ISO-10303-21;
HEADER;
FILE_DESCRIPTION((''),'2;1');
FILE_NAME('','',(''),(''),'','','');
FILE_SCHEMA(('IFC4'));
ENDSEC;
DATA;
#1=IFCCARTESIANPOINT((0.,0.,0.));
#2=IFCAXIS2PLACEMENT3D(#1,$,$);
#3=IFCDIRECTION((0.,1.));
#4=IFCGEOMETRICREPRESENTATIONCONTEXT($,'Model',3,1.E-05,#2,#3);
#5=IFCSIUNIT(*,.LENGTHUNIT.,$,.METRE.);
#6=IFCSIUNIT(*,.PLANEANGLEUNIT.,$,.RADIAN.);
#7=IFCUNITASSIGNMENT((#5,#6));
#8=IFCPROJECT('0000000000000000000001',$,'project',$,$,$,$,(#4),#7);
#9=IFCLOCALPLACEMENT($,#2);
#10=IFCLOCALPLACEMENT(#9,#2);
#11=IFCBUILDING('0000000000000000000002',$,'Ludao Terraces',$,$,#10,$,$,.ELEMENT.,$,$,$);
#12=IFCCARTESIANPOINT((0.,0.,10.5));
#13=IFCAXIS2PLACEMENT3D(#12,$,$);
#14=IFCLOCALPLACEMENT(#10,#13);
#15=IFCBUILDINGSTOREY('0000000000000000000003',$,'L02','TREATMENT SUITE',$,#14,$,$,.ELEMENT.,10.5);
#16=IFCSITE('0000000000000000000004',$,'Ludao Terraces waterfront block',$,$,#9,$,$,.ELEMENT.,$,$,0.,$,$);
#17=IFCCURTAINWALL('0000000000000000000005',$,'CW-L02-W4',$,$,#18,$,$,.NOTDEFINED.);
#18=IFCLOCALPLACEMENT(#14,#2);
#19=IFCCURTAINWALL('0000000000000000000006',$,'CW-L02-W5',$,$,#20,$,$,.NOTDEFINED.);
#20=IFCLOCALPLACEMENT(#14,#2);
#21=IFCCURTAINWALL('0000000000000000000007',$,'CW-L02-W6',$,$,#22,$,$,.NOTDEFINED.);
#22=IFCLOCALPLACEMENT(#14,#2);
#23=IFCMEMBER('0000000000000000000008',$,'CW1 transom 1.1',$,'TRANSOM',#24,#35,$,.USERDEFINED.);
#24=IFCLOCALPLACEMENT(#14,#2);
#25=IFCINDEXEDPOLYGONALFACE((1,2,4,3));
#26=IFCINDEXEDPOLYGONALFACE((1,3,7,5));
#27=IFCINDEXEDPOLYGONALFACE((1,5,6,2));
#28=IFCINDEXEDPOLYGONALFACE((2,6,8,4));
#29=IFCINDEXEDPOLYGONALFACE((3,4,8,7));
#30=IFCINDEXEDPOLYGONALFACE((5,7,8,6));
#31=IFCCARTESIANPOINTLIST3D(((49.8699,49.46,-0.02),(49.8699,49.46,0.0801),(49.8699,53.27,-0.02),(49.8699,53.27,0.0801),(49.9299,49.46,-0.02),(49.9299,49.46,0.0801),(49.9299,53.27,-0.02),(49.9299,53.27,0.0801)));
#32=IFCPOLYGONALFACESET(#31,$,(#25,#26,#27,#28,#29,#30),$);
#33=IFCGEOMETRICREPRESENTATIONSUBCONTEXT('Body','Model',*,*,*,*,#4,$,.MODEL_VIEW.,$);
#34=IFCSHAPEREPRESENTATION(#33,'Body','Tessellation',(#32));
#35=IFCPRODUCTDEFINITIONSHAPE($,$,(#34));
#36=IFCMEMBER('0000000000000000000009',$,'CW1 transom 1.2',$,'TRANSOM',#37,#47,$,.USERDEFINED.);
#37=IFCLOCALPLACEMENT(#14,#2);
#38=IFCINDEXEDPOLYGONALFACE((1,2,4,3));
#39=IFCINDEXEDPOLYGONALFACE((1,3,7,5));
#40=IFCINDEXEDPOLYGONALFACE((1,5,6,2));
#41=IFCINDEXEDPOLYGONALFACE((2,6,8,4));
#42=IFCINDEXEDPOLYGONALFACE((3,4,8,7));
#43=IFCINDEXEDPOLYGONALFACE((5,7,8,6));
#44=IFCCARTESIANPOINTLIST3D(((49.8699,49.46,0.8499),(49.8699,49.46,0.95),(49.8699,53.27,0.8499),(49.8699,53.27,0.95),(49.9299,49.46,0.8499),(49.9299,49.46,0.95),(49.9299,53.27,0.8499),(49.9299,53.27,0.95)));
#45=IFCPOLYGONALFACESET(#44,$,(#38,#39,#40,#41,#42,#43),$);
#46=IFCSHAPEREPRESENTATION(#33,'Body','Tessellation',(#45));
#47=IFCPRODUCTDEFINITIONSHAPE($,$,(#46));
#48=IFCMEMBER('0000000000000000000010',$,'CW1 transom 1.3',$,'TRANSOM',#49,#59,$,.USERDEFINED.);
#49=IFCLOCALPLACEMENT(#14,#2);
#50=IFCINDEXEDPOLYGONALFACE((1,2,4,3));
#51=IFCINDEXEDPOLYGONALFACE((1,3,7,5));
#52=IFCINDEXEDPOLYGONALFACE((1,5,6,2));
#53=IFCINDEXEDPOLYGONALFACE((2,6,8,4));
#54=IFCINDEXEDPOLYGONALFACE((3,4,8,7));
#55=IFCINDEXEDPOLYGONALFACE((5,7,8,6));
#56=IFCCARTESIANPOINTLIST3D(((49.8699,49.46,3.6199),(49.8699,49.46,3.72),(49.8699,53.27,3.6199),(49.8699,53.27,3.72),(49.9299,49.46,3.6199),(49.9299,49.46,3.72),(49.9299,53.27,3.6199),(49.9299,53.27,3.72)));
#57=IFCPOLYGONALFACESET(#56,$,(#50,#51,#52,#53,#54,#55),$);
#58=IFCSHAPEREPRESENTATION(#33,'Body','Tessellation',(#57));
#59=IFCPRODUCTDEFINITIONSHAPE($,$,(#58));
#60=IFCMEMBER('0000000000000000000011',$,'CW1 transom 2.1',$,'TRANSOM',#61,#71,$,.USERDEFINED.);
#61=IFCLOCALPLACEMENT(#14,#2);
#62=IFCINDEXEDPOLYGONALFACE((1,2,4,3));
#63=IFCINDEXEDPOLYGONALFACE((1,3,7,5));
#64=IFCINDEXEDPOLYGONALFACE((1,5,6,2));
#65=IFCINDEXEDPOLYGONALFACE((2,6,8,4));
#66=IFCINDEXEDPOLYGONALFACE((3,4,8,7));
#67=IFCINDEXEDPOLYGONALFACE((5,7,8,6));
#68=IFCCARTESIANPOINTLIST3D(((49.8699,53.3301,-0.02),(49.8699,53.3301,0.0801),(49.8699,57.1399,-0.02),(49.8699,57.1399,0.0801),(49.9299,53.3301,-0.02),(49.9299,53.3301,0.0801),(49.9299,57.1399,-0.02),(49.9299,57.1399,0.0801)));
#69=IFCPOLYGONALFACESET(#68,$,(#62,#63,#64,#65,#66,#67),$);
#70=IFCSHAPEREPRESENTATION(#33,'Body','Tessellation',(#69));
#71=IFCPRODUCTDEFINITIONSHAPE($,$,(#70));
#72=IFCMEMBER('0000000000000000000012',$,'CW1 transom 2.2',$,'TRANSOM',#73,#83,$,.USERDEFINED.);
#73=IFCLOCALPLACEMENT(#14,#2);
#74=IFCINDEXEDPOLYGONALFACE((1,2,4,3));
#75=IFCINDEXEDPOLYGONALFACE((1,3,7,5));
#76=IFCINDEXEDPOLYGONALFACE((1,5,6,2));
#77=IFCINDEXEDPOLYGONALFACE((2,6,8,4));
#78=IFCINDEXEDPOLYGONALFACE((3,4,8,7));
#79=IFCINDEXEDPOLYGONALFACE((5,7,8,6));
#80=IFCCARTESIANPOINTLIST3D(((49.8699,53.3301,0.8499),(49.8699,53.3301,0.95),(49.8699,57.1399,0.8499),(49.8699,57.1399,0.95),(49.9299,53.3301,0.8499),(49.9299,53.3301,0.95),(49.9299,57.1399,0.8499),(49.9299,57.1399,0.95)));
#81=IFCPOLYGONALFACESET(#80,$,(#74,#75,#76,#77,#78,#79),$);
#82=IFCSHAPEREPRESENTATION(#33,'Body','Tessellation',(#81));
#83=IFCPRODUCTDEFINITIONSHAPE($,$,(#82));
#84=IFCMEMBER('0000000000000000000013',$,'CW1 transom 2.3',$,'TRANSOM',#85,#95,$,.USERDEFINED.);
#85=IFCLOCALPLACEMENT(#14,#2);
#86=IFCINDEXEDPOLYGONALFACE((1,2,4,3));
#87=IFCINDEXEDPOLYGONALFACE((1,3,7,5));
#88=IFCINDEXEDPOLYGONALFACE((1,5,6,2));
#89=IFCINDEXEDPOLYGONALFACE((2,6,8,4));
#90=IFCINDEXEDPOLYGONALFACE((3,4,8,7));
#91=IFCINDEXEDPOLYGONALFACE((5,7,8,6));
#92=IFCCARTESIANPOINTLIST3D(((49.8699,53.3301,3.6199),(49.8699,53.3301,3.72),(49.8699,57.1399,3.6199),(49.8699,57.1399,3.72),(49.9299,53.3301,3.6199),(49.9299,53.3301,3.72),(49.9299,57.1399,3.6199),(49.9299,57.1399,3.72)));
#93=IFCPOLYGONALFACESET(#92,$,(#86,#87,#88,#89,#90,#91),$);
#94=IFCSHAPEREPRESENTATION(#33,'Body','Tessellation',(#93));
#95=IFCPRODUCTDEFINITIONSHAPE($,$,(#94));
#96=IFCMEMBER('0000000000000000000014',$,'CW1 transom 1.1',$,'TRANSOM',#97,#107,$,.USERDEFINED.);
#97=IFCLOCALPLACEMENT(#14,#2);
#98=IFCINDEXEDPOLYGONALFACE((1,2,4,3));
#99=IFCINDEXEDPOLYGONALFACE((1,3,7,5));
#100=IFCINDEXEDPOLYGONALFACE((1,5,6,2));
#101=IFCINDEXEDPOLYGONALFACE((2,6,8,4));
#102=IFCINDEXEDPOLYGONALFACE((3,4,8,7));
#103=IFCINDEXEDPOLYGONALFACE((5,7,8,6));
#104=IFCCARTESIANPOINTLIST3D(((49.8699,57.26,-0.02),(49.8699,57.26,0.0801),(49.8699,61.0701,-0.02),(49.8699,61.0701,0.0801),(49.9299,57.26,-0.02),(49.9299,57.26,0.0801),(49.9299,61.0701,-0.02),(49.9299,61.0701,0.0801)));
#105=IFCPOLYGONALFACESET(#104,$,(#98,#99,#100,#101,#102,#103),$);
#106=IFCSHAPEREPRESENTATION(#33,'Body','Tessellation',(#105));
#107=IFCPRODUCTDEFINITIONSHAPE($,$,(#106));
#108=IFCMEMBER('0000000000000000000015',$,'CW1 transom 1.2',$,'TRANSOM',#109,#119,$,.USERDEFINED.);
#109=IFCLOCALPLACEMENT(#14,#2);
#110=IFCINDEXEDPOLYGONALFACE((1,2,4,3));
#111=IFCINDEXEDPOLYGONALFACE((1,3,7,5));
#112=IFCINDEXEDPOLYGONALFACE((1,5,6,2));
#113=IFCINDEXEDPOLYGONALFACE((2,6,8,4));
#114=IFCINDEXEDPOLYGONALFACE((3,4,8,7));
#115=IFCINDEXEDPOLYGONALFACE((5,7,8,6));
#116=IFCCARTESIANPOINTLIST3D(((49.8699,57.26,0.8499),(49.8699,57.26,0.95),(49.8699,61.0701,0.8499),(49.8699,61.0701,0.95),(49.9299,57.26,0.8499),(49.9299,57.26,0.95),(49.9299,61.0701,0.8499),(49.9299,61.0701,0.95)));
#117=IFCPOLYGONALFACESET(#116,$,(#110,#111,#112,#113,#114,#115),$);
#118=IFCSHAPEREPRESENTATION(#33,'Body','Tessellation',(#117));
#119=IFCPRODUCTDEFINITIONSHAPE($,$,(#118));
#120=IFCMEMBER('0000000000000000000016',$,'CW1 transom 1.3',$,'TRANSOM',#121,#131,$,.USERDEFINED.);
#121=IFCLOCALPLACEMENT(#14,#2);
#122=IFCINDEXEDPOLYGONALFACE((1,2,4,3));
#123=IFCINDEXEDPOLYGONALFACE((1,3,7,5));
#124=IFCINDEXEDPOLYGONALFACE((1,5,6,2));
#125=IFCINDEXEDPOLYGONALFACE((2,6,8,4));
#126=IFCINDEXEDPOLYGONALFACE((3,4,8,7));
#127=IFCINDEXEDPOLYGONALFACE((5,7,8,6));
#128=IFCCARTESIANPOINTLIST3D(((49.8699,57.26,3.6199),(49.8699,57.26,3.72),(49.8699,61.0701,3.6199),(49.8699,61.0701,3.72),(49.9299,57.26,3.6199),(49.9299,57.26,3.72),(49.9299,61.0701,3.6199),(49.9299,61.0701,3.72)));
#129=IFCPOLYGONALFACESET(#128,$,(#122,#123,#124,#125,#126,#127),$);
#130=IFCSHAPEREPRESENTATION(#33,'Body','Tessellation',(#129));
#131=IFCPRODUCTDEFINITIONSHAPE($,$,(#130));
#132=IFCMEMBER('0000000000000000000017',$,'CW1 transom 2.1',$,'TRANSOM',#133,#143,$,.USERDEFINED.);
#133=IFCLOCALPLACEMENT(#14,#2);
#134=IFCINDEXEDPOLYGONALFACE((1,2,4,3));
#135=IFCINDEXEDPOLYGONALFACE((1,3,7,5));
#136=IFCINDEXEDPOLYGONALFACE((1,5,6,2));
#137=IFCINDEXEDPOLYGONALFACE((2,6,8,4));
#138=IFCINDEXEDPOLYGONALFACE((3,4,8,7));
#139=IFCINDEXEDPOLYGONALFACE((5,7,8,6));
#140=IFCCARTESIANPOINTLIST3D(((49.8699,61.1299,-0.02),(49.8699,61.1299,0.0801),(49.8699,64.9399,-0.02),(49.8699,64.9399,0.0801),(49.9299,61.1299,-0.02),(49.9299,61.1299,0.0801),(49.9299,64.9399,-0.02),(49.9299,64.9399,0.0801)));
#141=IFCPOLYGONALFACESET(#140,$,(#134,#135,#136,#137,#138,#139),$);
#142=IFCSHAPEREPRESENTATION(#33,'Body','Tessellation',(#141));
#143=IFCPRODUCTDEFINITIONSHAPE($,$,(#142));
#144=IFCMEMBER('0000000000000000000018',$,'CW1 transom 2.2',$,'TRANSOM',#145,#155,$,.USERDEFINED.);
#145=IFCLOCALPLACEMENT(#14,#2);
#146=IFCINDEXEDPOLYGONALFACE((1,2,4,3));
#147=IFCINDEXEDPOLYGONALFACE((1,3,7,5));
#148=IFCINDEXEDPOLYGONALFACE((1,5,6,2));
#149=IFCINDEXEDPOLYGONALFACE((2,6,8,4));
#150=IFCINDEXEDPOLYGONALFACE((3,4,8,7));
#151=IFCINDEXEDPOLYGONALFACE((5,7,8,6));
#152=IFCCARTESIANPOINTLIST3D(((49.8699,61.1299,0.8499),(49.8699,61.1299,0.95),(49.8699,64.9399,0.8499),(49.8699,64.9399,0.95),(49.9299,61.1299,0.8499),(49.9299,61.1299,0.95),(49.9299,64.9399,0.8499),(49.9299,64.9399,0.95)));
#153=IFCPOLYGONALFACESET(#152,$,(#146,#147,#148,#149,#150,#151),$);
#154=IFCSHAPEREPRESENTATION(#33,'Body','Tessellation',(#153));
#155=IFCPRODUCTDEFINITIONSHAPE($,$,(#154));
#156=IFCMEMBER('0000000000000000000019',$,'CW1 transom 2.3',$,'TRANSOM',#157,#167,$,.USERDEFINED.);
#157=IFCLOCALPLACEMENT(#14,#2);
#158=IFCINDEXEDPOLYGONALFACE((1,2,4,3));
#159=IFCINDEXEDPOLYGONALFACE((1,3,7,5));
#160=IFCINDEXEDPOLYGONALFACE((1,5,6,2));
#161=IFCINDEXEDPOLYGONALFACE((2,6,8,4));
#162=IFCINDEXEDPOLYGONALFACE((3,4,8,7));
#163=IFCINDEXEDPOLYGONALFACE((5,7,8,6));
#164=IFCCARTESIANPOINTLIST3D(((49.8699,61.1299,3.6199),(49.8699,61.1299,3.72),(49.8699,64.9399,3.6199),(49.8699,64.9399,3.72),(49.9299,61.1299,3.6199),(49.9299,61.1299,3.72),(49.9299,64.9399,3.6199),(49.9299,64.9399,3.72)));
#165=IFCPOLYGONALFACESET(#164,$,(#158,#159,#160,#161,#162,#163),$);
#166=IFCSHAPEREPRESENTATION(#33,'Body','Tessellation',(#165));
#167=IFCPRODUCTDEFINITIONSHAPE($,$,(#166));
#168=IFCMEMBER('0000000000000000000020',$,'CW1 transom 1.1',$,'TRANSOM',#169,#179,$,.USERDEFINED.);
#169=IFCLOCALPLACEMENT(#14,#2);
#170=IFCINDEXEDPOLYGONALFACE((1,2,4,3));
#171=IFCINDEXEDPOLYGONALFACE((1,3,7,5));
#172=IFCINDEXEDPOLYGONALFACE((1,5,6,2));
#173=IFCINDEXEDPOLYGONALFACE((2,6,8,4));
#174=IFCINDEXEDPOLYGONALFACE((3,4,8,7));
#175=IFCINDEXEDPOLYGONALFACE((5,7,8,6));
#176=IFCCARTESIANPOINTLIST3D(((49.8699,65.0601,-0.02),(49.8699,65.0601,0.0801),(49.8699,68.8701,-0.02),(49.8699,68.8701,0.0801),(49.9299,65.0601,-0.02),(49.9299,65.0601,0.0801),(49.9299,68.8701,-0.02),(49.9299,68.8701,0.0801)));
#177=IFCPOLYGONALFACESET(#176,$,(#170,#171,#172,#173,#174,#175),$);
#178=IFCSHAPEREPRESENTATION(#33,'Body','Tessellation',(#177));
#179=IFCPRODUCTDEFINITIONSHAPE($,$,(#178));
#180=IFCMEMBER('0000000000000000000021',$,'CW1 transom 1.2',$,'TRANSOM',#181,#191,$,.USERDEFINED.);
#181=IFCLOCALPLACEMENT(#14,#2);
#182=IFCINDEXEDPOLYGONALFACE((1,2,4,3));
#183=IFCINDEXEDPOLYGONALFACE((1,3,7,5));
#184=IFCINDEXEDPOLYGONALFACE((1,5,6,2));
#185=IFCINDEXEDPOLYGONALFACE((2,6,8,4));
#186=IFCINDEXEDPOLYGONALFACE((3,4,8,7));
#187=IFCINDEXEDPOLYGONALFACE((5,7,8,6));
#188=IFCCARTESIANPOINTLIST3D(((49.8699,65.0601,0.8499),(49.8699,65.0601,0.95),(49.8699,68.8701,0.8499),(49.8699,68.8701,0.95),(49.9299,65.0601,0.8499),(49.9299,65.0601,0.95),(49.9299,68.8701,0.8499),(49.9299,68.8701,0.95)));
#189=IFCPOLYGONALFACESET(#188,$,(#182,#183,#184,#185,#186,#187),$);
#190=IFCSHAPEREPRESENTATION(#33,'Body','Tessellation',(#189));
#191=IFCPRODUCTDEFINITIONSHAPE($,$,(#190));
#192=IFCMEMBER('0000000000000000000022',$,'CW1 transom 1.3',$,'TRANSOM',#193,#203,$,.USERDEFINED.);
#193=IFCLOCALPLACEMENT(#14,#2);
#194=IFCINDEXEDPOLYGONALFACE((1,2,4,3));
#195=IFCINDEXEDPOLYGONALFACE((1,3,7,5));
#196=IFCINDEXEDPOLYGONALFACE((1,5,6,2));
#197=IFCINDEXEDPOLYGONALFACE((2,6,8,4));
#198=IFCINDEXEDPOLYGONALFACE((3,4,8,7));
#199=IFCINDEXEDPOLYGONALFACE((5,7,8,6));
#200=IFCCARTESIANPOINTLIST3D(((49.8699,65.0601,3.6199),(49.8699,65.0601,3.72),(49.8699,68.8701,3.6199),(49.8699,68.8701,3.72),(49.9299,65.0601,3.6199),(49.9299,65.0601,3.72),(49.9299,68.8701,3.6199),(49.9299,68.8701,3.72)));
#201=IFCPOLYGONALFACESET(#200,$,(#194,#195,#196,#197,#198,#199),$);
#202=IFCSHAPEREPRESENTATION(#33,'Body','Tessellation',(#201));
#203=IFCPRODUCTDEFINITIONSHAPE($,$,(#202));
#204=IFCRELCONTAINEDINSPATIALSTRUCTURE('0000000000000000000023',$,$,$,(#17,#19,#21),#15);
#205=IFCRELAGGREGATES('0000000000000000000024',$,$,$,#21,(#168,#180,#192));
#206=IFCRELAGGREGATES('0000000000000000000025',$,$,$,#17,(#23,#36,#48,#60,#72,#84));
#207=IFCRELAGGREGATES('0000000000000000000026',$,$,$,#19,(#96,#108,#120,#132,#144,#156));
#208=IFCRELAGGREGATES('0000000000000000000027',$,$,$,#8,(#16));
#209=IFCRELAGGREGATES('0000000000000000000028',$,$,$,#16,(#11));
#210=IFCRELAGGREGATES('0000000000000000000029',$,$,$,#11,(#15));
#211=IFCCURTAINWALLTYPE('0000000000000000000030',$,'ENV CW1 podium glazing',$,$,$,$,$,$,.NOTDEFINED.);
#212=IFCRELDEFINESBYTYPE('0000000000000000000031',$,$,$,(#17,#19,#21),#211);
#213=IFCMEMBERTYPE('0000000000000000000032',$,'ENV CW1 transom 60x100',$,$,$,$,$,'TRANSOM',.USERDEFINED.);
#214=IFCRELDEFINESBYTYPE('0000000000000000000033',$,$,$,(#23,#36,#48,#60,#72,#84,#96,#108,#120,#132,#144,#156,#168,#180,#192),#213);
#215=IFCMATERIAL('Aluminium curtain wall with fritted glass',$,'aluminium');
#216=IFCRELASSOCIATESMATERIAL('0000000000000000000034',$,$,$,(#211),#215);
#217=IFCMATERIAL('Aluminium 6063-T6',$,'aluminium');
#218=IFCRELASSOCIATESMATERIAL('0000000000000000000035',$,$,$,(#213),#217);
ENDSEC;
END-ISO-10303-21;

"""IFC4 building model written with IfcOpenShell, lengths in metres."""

from ifc_helpers import new_model, si_unit, direction, frame, origin, origin_2d, place, context, subcontext, project, spatial, rectangle, extrude, material, material_profile, profile_set, type_object, element, aggregate, save


model = new_model("IFC4")

# Units and contexts
model_context = context("Model", 3, precision=1e-05, world=origin(), true_north=direction((0.0, 1.0)))
body_context = subcontext(model_context, "Body", "Model", "MODEL_VIEW")
ifc_project = project(units=[si_unit("LENGTHUNIT", "METRE"), si_unit("PLANEANGLEUNIT", "RADIAN")], contexts=[model_context])

# Site, building, storey
site_placement = place(None, origin())
site = spatial("IfcSite", under=ifc_project, at=site_placement, Name="Ludao Terraces waterfront block", CompositionType="ELEMENT", RefElevation=0.0)
building_placement = place(site_placement, origin())
building = spatial("IfcBuilding", under=site, at=building_placement, Name="Ludao Terraces", CompositionType="ELEMENT")
storey_placement = place(building_placement, frame((0.0, 0.0, 10.5)))
storey = spatial("IfcBuildingStorey", under=building, at=storey_placement, Name="L02", Description="TREATMENT SUITE", CompositionType="ELEMENT", Elevation=10.5)

# Curtain walls
ifc_material_1 = material(Name="Aluminium curtain wall with fritted glass", Category="aluminium")
curtain_wall_type = type_object("IfcCurtainWallType", Name="ENV CW1 podium glazing", PredefinedType="NOTDEFINED", material=ifc_material_1)
curtain_wall_1_placement = place(storey_placement, origin())
curtain_wall_1 = element("IfcCurtainWall", 1, at=curtain_wall_1_placement, inside=storey, type_object=curtain_wall_type, Name="CW-L02-W4", PredefinedType="NOTDEFINED")
ifc_material_2 = material(Name="Aluminium 6063-T6", Category="aluminium")
curtain_wall_2_placement = place(storey_placement, origin())
curtain_wall_2 = element("IfcCurtainWall", 2, at=curtain_wall_2_placement, inside=storey, type_object=curtain_wall_type, Name="CW-L02-W5", PredefinedType="NOTDEFINED")

# Curtain wall
curtain_wall_3_placement = place(storey_placement, origin())
curtain_wall_3 = element("IfcCurtainWall", 3, at=curtain_wall_3_placement, inside=storey, type_object=curtain_wall_type, Name="CW-L02-W6", PredefinedType="NOTDEFINED")

# Members
ifc_material_profile_1 = material_profile(ifc_material_2, rectangle(XDim=0.0601, YDim=0.1001, at=origin_2d()), Name="60 X 100")
ifc_profile_set_1 = profile_set([ifc_material_profile_1], Name="Aluminium 6063-T6")
member_type_1 = type_object("IfcMemberType", Name="ENV CW1 transom 60x100", ElementType="TRANSOM", PredefinedType="USERDEFINED", material=ifc_profile_set_1)
member_1_placement = place(storey_placement, frame((49.8999, 49.46, 0.03), z_axis=(0.0, 1.0, 0.0), x_axis=(-1.0, 0.0, 0.0)))
member_1 = element("IfcMember", 4, at=member_1_placement, type_object=member_type_1, Name="CW1 transom 1.1", ObjectType="TRANSOM", PredefinedType="USERDEFINED", context=body_context, shape_type="SweptSolid", body=[
    extrude(rectangle(XDim=0.0601, YDim=0.1001, at=origin_2d()), origin(), (0.0, 0.0, 1.0), 3.8101),
])
member_2_placement = place(storey_placement, frame((49.8999, 49.46, 0.8999), z_axis=(0.0, 1.0, 0.0), x_axis=(-1.0, 0.0, 0.0)))
member_2 = element("IfcMember", 5, at=member_2_placement, type_object=member_type_1, Name="CW1 transom 1.2", ObjectType="TRANSOM", PredefinedType="USERDEFINED", context=body_context, shape_type="SweptSolid", body=[
    extrude(rectangle(XDim=0.0601, YDim=0.1001, at=origin_2d()), origin(), (0.0, 0.0, 1.0), 3.8101),
])
member_3_placement = place(storey_placement, frame((49.8999, 49.46, 3.6699), z_axis=(0.0, 1.0, 0.0), x_axis=(-1.0, 0.0, 0.0)))
member_3 = element("IfcMember", 6, at=member_3_placement, type_object=member_type_1, Name="CW1 transom 1.3", ObjectType="TRANSOM", PredefinedType="USERDEFINED", context=body_context, shape_type="SweptSolid", body=[
    extrude(rectangle(XDim=0.0601, YDim=0.1001, at=origin_2d()), origin(), (0.0, 0.0, 1.0), 3.8101),
])
member_4_placement = place(storey_placement, frame((49.8999, 53.3301, 0.03), z_axis=(0.0, 1.0, 0.0), x_axis=(-1.0, 0.0, 0.0)))
member_4 = element("IfcMember", 7, at=member_4_placement, type_object=member_type_1, Name="CW1 transom 2.1", ObjectType="TRANSOM", PredefinedType="USERDEFINED", context=body_context, shape_type="SweptSolid", body=[
    extrude(rectangle(XDim=0.0601, YDim=0.1001, at=origin_2d()), origin(), (0.0, 0.0, 1.0), 3.8098),
])
member_5_placement = place(storey_placement, frame((49.8999, 53.3301, 0.8999), z_axis=(0.0, 1.0, 0.0), x_axis=(-1.0, 0.0, 0.0)))
member_5 = element("IfcMember", 8, at=member_5_placement, type_object=member_type_1, Name="CW1 transom 2.2", ObjectType="TRANSOM", PredefinedType="USERDEFINED", context=body_context, shape_type="SweptSolid", body=[
    extrude(rectangle(XDim=0.0601, YDim=0.1001, at=origin_2d()), origin(), (0.0, 0.0, 1.0), 3.8098),
])
member_6_placement = place(storey_placement, frame((49.8999, 53.3301, 3.6699), z_axis=(0.0, 1.0, 0.0), x_axis=(-1.0, 0.0, 0.0)))
member_6 = element("IfcMember", 9, at=member_6_placement, type_object=member_type_1, Name="CW1 transom 2.3", ObjectType="TRANSOM", PredefinedType="USERDEFINED", context=body_context, shape_type="SweptSolid", body=[
    extrude(rectangle(XDim=0.0601, YDim=0.1001, at=origin_2d()), origin(), (0.0, 0.0, 1.0), 3.8098),
])
member_7_placement = place(storey_placement, frame((49.8999, 57.26, 0.03), z_axis=(0.0, 1.0, 0.0), x_axis=(-1.0, 0.0, 0.0)))
member_7 = element("IfcMember", 10, at=member_7_placement, type_object=member_type_1, Name="CW1 transom 1.1", ObjectType="TRANSOM", PredefinedType="USERDEFINED", context=body_context, shape_type="SweptSolid", body=[
    extrude(rectangle(XDim=0.0601, YDim=0.1001, at=origin_2d()), origin(), (0.0, 0.0, 1.0), 3.8101),
])
member_8_placement = place(storey_placement, frame((49.8999, 57.26, 0.8999), z_axis=(0.0, 1.0, 0.0), x_axis=(-1.0, 0.0, 0.0)))
member_8 = element("IfcMember", 11, at=member_8_placement, type_object=member_type_1, Name="CW1 transom 1.2", ObjectType="TRANSOM", PredefinedType="USERDEFINED", context=body_context, shape_type="SweptSolid", body=[
    extrude(rectangle(XDim=0.0601, YDim=0.1001, at=origin_2d()), origin(), (0.0, 0.0, 1.0), 3.8101),
])
member_9_placement = place(storey_placement, frame((49.8999, 57.26, 3.6699), z_axis=(0.0, 1.0, 0.0), x_axis=(-1.0, 0.0, 0.0)))
member_9 = element("IfcMember", 12, at=member_9_placement, type_object=member_type_1, Name="CW1 transom 1.3", ObjectType="TRANSOM", PredefinedType="USERDEFINED", context=body_context, shape_type="SweptSolid", body=[
    extrude(rectangle(XDim=0.0601, YDim=0.1001, at=origin_2d()), origin(), (0.0, 0.0, 1.0), 3.8101),
])
member_10_placement = place(storey_placement, frame((49.8999, 61.1299, 0.03), z_axis=(0.0, 1.0, 0.0), x_axis=(-1.0, 0.0, 0.0)))
member_10 = element("IfcMember", 13, at=member_10_placement, type_object=member_type_1, Name="CW1 transom 2.1", ObjectType="TRANSOM", PredefinedType="USERDEFINED", context=body_context, shape_type="SweptSolid", body=[
    extrude(rectangle(XDim=0.0601, YDim=0.1001, at=origin_2d()), origin(), (0.0, 0.0, 1.0), 3.8101),
])
member_11_placement = place(storey_placement, frame((49.8999, 61.1299, 0.8999), z_axis=(0.0, 1.0, 0.0), x_axis=(-1.0, 0.0, 0.0)))
member_11 = element("IfcMember", 14, at=member_11_placement, type_object=member_type_1, Name="CW1 transom 2.2", ObjectType="TRANSOM", PredefinedType="USERDEFINED", context=body_context, shape_type="SweptSolid", body=[
    extrude(rectangle(XDim=0.0601, YDim=0.1001, at=origin_2d()), origin(), (0.0, 0.0, 1.0), 3.8101),
])
member_12_placement = place(storey_placement, frame((49.8999, 61.1299, 3.6699), z_axis=(0.0, 1.0, 0.0), x_axis=(-1.0, 0.0, 0.0)))
member_12 = element("IfcMember", 15, at=member_12_placement, type_object=member_type_1, Name="CW1 transom 2.3", ObjectType="TRANSOM", PredefinedType="USERDEFINED", context=body_context, shape_type="SweptSolid", body=[
    extrude(rectangle(XDim=0.0601, YDim=0.1001, at=origin_2d()), origin(), (0.0, 0.0, 1.0), 3.8101),
])
member_13_placement = place(storey_placement, frame((49.8999, 65.0601, 0.03), z_axis=(0.0, 1.0, 0.0), x_axis=(-1.0, 0.0, 0.0)))
member_13 = element("IfcMember", 16, at=member_13_placement, type_object=member_type_1, Name="CW1 transom 1.1", ObjectType="TRANSOM", PredefinedType="USERDEFINED", context=body_context, shape_type="SweptSolid", body=[
    extrude(rectangle(XDim=0.0601, YDim=0.1001, at=origin_2d()), origin(), (0.0, 0.0, 1.0), 3.8101),
])
member_14_placement = place(storey_placement, frame((49.8999, 65.0601, 0.8999), z_axis=(0.0, 1.0, 0.0), x_axis=(-1.0, 0.0, 0.0)))
member_14 = element("IfcMember", 17, at=member_14_placement, type_object=member_type_1, Name="CW1 transom 1.2", ObjectType="TRANSOM", PredefinedType="USERDEFINED", context=body_context, shape_type="SweptSolid", body=[
    extrude(rectangle(XDim=0.0601, YDim=0.1001, at=origin_2d()), origin(), (0.0, 0.0, 1.0), 3.8101),
])
member_15_placement = place(storey_placement, frame((49.8999, 65.0601, 3.6699), z_axis=(0.0, 1.0, 0.0), x_axis=(-1.0, 0.0, 0.0)))
member_15 = element("IfcMember", 18, at=member_15_placement, type_object=member_type_1, Name="CW1 transom 1.3", ObjectType="TRANSOM", PredefinedType="USERDEFINED", context=body_context, shape_type="SweptSolid", body=[
    extrude(rectangle(XDim=0.0601, YDim=0.1001, at=origin_2d()), origin(), (0.0, 0.0, 1.0), 3.8101),
])
aggregate(curtain_wall_3, [member_13, member_14, member_15])

aggregate(curtain_wall_1, [member_1, member_2, member_3, member_4, member_5, member_6])
aggregate(curtain_wall_2, [member_7, member_8, member_9, member_10, member_11, member_12])

save(model, "model.ifc")
